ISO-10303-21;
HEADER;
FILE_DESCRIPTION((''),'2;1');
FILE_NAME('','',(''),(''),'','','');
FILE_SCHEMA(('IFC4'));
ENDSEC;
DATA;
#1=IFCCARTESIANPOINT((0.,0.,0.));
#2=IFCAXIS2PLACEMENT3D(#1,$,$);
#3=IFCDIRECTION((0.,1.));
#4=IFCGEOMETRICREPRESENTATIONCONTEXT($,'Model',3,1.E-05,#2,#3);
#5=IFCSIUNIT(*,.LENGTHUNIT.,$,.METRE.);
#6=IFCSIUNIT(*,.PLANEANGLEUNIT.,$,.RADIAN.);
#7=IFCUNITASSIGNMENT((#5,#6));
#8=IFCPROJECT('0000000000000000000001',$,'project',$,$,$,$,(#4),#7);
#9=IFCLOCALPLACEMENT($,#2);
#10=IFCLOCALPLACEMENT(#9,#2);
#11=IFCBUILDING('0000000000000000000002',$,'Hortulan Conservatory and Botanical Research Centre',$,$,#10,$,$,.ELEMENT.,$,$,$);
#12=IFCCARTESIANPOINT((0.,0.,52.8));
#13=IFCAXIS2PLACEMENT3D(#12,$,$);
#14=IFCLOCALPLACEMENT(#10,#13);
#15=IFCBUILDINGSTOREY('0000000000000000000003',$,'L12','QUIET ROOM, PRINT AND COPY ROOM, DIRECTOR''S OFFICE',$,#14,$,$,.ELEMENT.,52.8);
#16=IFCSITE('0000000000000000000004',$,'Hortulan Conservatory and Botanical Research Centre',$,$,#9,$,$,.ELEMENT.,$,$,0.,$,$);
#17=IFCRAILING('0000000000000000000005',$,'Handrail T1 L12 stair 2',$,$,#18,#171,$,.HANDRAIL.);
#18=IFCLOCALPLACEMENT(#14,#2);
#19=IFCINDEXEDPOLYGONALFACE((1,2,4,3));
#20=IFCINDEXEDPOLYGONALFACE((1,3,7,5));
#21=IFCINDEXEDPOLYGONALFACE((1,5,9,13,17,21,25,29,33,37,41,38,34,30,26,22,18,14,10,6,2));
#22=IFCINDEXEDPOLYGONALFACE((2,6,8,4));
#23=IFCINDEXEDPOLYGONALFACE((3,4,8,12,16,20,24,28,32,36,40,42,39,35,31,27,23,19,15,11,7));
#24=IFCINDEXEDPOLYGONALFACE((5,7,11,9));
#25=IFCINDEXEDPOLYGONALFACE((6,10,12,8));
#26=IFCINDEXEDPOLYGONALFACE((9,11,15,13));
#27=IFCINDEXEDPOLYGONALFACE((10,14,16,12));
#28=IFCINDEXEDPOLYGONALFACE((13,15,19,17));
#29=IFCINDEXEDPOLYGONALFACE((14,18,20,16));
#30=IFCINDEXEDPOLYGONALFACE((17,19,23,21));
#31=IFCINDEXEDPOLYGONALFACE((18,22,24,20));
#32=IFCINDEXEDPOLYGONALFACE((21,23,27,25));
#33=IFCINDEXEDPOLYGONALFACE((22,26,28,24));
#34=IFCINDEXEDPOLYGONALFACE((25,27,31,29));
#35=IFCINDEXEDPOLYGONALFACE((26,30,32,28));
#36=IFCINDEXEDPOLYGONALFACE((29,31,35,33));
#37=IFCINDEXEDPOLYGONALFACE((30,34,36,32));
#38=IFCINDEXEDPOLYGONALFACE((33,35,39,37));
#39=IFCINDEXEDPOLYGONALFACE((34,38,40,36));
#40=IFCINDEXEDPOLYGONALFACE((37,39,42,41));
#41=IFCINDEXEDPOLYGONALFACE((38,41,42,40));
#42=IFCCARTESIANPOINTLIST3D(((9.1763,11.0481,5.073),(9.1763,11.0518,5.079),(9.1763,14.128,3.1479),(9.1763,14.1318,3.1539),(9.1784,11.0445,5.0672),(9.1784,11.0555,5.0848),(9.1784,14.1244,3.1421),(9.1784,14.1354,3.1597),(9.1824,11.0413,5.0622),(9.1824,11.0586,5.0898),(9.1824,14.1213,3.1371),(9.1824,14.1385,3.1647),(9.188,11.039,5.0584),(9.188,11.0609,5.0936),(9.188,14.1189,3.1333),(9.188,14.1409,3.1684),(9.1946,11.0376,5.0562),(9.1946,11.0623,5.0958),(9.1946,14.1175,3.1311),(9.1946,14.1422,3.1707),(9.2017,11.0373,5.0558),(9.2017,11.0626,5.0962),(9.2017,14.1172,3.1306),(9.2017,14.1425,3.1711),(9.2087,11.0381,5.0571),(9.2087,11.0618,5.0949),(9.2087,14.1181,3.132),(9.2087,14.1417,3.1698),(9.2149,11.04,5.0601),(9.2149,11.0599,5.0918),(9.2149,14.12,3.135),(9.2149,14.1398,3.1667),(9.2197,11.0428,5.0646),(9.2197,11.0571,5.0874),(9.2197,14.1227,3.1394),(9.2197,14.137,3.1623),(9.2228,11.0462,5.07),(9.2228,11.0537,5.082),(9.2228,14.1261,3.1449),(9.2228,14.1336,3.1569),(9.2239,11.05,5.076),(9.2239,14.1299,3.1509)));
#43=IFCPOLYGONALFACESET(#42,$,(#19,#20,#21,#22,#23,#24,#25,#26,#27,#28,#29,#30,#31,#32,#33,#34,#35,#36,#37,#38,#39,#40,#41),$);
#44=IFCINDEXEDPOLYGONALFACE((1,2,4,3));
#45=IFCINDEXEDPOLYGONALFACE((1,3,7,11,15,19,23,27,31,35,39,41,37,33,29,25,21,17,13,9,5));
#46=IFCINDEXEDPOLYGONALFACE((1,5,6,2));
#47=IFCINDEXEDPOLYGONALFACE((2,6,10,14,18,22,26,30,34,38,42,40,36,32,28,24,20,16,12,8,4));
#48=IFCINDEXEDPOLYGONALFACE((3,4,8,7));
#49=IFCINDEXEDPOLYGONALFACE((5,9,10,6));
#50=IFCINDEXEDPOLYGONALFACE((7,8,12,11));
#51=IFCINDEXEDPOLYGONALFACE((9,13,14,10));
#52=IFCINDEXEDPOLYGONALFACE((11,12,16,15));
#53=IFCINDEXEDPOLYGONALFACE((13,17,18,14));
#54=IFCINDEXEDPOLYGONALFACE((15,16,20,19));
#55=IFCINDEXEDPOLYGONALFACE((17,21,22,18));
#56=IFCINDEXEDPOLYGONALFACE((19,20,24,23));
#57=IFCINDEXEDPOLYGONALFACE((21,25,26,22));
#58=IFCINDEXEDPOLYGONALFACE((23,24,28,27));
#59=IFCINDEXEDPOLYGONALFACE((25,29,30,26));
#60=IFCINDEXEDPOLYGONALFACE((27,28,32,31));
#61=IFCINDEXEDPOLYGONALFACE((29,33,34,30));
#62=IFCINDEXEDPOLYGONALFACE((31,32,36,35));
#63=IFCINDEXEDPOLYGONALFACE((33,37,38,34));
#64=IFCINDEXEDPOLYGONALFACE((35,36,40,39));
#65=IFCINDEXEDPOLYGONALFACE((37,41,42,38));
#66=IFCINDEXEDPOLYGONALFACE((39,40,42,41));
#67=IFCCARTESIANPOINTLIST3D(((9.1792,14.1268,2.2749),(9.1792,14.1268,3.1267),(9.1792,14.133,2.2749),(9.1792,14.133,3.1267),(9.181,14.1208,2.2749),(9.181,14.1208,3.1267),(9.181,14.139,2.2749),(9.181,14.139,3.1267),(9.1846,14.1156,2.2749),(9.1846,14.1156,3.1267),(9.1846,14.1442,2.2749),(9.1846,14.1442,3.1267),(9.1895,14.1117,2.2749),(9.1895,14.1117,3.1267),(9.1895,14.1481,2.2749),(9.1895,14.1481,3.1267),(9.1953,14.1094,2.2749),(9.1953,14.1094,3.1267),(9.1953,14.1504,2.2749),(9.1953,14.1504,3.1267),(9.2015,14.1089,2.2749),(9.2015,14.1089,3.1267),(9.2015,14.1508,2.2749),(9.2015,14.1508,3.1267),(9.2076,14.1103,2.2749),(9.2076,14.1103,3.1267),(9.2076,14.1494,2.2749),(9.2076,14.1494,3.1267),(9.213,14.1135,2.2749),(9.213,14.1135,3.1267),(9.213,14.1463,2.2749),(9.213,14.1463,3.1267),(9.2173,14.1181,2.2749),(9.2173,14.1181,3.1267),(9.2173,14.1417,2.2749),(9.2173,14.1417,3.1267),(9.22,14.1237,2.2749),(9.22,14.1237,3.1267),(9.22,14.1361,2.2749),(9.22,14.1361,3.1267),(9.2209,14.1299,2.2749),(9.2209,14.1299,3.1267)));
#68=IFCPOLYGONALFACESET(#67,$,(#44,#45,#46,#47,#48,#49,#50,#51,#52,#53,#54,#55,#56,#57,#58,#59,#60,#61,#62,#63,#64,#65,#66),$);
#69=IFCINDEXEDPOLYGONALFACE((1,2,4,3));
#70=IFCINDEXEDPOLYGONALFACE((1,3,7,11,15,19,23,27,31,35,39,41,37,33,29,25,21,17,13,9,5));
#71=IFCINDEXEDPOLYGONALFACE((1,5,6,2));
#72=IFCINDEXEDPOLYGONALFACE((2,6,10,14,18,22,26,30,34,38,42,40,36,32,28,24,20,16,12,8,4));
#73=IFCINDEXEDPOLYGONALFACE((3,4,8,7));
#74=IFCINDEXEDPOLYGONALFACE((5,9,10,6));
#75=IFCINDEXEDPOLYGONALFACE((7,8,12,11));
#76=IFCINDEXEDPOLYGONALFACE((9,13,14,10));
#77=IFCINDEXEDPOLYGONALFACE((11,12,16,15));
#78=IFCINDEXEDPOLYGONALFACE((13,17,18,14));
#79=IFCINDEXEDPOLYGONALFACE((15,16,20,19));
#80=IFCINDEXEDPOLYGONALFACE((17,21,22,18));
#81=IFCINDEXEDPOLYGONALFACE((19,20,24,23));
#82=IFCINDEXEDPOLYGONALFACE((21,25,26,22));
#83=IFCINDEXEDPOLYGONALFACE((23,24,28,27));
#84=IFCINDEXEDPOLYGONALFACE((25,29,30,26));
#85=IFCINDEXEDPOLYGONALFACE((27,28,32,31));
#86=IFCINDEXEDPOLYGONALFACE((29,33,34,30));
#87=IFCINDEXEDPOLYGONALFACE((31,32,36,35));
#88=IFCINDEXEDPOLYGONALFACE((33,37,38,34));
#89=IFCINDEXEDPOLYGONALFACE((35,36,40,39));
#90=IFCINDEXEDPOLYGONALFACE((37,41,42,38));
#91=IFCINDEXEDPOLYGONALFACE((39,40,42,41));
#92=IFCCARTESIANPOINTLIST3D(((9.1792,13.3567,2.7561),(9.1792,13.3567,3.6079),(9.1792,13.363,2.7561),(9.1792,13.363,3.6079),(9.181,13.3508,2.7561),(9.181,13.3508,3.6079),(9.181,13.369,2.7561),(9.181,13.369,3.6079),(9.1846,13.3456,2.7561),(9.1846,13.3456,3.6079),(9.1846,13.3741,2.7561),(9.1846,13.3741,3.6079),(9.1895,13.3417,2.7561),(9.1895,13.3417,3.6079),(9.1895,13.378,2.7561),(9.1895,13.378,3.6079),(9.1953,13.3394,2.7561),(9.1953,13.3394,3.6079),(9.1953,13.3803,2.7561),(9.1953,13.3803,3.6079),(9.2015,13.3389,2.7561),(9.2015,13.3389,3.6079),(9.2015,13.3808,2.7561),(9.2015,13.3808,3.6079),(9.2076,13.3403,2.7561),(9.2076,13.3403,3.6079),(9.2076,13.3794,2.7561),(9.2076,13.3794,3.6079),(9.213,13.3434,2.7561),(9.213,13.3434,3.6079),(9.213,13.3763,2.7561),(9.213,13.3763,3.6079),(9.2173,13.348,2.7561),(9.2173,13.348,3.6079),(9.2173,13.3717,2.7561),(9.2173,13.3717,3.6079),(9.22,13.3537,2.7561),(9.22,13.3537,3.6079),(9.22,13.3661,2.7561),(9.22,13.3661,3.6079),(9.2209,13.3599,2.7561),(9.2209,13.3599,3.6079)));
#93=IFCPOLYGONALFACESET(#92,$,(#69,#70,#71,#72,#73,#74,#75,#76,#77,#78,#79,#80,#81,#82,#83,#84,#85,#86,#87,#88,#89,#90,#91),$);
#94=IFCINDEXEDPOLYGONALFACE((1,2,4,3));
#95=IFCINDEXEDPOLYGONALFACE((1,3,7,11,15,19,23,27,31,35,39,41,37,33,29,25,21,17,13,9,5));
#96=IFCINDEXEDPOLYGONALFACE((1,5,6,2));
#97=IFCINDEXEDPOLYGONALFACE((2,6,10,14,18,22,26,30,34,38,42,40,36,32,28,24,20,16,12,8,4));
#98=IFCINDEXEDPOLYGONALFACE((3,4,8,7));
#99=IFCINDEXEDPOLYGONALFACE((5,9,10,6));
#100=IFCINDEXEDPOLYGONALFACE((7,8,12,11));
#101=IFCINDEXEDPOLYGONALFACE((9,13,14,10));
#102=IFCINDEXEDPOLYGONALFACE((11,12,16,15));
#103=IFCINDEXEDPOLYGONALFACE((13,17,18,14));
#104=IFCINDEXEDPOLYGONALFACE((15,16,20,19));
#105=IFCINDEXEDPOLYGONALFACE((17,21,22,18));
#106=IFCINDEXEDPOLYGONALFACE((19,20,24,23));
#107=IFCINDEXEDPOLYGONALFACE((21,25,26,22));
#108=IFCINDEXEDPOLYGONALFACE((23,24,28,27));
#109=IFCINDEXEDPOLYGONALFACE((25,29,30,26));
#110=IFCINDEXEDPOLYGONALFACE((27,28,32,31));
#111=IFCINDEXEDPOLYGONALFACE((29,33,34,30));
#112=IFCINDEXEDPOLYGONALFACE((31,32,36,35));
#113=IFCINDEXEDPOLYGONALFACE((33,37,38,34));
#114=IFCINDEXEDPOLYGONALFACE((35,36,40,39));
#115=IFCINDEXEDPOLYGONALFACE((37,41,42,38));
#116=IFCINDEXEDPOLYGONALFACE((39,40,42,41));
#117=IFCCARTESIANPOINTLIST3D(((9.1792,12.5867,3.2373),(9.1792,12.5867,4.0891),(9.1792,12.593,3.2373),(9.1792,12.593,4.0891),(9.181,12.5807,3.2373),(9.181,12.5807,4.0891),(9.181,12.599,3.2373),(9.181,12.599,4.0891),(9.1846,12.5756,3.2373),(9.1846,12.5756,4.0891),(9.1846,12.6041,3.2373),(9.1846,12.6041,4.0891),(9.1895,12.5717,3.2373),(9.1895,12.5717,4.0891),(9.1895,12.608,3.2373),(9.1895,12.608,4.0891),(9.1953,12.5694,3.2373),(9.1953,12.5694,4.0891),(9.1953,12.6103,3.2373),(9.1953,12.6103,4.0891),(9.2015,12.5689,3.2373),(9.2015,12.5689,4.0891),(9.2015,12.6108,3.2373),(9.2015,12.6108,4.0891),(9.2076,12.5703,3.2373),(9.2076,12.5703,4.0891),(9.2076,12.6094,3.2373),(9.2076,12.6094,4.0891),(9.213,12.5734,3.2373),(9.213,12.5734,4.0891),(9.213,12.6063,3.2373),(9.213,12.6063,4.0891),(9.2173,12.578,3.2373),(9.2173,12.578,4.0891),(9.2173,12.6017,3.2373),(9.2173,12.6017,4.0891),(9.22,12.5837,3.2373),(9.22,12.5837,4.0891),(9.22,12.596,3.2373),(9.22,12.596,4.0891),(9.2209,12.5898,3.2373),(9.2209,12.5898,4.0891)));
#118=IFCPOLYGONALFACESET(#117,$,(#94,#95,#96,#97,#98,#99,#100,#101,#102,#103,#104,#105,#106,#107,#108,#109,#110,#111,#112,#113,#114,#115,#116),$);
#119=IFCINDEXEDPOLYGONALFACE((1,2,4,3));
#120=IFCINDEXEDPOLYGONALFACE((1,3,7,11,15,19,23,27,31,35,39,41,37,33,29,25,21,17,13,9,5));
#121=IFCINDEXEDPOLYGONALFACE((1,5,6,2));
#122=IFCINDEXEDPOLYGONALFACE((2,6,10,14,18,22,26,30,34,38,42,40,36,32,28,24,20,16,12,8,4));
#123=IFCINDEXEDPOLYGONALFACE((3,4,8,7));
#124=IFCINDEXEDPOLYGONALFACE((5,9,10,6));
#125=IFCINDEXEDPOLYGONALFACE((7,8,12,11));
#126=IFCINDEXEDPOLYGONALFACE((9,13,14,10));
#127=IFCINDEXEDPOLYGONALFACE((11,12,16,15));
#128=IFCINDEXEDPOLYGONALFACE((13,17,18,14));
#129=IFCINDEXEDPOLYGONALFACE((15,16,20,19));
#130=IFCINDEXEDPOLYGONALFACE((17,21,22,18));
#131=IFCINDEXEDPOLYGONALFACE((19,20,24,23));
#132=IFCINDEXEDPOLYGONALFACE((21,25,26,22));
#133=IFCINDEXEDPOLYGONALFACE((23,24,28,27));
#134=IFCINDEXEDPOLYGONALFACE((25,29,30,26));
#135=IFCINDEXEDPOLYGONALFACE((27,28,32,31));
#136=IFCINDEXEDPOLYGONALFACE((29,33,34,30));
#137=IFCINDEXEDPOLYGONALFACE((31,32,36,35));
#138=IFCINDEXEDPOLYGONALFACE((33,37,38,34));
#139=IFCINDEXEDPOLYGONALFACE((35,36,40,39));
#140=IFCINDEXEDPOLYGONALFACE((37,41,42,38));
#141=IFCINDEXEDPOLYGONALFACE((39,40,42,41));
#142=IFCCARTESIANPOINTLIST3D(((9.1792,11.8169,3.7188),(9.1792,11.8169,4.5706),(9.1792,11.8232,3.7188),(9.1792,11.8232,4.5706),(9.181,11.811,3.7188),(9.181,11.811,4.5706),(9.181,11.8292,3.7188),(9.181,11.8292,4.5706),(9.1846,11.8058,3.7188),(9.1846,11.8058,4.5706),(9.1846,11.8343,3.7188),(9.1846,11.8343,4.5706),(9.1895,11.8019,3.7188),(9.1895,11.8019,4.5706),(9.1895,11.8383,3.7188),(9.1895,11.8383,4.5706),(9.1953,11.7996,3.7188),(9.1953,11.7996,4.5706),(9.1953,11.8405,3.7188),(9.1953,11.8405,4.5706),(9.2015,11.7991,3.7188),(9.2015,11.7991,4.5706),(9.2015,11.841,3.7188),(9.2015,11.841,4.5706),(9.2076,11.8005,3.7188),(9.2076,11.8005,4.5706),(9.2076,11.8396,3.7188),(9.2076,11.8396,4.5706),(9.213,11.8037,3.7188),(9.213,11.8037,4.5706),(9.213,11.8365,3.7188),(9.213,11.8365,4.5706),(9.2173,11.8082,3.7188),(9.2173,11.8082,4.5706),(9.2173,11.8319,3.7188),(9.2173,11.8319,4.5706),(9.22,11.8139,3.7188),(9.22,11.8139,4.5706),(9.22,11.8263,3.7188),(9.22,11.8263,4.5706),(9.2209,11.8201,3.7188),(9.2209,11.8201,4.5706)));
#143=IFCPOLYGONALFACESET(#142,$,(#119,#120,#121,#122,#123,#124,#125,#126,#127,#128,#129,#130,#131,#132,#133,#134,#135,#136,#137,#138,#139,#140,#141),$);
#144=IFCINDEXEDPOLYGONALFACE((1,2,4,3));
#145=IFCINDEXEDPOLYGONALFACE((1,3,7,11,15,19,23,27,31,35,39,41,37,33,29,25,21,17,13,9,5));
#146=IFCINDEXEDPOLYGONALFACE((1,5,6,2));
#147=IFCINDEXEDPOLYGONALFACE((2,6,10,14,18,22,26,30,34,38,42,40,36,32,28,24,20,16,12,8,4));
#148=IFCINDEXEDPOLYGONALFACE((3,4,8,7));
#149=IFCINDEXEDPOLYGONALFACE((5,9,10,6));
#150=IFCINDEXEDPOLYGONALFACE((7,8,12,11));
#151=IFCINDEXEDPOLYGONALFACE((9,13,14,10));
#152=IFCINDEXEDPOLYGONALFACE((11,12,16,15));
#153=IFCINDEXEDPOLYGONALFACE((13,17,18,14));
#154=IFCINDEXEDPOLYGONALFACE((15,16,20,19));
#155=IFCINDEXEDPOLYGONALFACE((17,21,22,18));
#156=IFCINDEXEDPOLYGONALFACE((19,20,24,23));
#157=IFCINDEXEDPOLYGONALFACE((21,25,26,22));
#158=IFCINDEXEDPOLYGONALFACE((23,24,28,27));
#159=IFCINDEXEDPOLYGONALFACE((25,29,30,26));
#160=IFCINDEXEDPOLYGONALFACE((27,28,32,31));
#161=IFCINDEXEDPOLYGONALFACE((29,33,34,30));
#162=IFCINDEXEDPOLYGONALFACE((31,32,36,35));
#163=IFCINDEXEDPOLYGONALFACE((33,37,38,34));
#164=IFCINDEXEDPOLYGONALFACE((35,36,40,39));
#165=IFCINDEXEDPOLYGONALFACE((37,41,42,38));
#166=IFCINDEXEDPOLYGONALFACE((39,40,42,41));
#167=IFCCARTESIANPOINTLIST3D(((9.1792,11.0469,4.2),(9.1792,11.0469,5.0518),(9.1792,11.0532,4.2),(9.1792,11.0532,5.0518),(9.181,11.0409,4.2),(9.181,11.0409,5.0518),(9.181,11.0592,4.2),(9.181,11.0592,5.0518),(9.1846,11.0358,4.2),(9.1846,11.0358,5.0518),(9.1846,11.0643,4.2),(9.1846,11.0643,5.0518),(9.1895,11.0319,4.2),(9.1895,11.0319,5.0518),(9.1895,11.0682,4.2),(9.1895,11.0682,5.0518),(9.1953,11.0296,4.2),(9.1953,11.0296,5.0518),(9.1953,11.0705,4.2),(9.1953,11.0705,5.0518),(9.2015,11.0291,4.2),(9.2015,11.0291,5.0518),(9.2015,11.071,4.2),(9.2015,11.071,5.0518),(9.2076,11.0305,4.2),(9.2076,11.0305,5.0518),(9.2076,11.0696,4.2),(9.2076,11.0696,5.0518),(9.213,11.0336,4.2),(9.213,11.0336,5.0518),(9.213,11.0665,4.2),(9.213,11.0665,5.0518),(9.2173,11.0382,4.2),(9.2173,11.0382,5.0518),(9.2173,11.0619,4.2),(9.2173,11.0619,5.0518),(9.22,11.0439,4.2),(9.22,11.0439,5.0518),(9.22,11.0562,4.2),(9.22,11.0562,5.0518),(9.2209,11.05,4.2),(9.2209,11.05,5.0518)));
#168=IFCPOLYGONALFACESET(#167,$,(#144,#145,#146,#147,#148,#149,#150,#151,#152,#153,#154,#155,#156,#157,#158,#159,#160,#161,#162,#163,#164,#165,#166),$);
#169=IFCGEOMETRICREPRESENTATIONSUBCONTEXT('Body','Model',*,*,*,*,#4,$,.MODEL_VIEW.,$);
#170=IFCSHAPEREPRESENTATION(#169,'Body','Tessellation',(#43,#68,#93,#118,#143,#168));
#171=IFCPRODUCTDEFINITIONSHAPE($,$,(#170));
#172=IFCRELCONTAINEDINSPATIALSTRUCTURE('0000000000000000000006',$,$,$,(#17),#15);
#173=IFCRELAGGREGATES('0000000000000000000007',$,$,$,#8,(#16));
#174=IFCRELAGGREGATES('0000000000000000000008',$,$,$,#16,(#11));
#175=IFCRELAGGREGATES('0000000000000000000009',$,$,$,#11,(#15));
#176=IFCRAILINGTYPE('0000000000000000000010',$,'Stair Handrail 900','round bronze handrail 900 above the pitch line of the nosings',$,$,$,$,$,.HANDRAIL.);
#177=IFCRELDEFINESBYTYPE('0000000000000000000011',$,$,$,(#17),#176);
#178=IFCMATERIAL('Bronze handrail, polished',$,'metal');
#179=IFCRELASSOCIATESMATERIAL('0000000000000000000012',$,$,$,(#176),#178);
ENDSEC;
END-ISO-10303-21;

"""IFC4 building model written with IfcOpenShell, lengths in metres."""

from ifc_helpers import new_model, si_unit, direction, frame, origin, origin_2d, place, context, subcontext, project, spatial, circle, extrude, material, type_object, element, save


model = new_model("IFC4")

# Units and contexts
model_context = context("Model", 3, precision=1e-05, world=origin(), true_north=direction((0.0, 1.0)))
body_context = subcontext(model_context, "Body", "Model", "MODEL_VIEW")
ifc_project = project(units=[si_unit("LENGTHUNIT", "METRE"), si_unit("PLANEANGLEUNIT", "RADIAN")], contexts=[model_context])

# Site, building, storey
site_placement = place(None, origin())
site = spatial("IfcSite", under=ifc_project, at=site_placement, Name="Hortulan Conservatory and Botanical Research Centre", CompositionType="ELEMENT", RefElevation=0.0)
building_placement = place(site_placement, origin())
building = spatial("IfcBuilding", under=site, at=building_placement, Name="Hortulan Conservatory and Botanical Research Centre", CompositionType="ELEMENT")
storey_placement = place(building_placement, frame((0.0, 0.0, 52.8)))
storey = spatial("IfcBuildingStorey", under=building, at=storey_placement, Name="L12", Description="QUIET ROOM, PRINT AND COPY ROOM, DIRECTOR'S OFFICE", CompositionType="ELEMENT", Elevation=52.8)

# Railing
ifc_material_1 = material(Name="Bronze handrail, polished", Category="metal")
railing_type_1 = type_object("IfcRailingType", Name="Stair Handrail 900", Description="round bronze handrail 900 above the pitch line of the nosings", PredefinedType="HANDRAIL", material=ifc_material_1)
railing_1_placement = place(storey_placement, frame((9.2, 14.1299, 2.2749)))
element("IfcRailing", 1, at=railing_1_placement, inside=storey, type_object=railing_type_1, Name="Handrail T1 L12 stair 2", PredefinedType="HANDRAIL", context=body_context, shape_type="SweptSolid", body=[
    extrude(circle(Radius=0.0239, at=origin_2d()), frame((0.0, 0.0, 0.876), z_axis=(0.0, -0.847979, 0.530029), x_axis=(1.0, 0.0, 0.0)), (0.0, 0.0, 1.0), 3.6321),
    extrude(circle(Radius=0.021, at=origin_2d()), origin(), (0.0, 0.0, 1.0), 0.8518),
    extrude(circle(Radius=0.021, at=origin_2d()), frame((0.0, -0.77, 0.4812)), (0.0, 0.0, 1.0), 0.8518),
    extrude(circle(Radius=0.021, at=origin_2d()), frame((0.0, -1.54, 0.9624)), (0.0, 0.0, 1.0), 0.8518),
    extrude(circle(Radius=0.021, at=origin_2d()), frame((0.0, -2.3098, 1.4438)), (0.0, 0.0, 1.0), 0.8518),
    extrude(circle(Radius=0.021, at=origin_2d()), frame((0.0, -3.0798, 1.925)), (0.0, 0.0, 1.0), 0.8518),
])

save(model, "model.ifc")
